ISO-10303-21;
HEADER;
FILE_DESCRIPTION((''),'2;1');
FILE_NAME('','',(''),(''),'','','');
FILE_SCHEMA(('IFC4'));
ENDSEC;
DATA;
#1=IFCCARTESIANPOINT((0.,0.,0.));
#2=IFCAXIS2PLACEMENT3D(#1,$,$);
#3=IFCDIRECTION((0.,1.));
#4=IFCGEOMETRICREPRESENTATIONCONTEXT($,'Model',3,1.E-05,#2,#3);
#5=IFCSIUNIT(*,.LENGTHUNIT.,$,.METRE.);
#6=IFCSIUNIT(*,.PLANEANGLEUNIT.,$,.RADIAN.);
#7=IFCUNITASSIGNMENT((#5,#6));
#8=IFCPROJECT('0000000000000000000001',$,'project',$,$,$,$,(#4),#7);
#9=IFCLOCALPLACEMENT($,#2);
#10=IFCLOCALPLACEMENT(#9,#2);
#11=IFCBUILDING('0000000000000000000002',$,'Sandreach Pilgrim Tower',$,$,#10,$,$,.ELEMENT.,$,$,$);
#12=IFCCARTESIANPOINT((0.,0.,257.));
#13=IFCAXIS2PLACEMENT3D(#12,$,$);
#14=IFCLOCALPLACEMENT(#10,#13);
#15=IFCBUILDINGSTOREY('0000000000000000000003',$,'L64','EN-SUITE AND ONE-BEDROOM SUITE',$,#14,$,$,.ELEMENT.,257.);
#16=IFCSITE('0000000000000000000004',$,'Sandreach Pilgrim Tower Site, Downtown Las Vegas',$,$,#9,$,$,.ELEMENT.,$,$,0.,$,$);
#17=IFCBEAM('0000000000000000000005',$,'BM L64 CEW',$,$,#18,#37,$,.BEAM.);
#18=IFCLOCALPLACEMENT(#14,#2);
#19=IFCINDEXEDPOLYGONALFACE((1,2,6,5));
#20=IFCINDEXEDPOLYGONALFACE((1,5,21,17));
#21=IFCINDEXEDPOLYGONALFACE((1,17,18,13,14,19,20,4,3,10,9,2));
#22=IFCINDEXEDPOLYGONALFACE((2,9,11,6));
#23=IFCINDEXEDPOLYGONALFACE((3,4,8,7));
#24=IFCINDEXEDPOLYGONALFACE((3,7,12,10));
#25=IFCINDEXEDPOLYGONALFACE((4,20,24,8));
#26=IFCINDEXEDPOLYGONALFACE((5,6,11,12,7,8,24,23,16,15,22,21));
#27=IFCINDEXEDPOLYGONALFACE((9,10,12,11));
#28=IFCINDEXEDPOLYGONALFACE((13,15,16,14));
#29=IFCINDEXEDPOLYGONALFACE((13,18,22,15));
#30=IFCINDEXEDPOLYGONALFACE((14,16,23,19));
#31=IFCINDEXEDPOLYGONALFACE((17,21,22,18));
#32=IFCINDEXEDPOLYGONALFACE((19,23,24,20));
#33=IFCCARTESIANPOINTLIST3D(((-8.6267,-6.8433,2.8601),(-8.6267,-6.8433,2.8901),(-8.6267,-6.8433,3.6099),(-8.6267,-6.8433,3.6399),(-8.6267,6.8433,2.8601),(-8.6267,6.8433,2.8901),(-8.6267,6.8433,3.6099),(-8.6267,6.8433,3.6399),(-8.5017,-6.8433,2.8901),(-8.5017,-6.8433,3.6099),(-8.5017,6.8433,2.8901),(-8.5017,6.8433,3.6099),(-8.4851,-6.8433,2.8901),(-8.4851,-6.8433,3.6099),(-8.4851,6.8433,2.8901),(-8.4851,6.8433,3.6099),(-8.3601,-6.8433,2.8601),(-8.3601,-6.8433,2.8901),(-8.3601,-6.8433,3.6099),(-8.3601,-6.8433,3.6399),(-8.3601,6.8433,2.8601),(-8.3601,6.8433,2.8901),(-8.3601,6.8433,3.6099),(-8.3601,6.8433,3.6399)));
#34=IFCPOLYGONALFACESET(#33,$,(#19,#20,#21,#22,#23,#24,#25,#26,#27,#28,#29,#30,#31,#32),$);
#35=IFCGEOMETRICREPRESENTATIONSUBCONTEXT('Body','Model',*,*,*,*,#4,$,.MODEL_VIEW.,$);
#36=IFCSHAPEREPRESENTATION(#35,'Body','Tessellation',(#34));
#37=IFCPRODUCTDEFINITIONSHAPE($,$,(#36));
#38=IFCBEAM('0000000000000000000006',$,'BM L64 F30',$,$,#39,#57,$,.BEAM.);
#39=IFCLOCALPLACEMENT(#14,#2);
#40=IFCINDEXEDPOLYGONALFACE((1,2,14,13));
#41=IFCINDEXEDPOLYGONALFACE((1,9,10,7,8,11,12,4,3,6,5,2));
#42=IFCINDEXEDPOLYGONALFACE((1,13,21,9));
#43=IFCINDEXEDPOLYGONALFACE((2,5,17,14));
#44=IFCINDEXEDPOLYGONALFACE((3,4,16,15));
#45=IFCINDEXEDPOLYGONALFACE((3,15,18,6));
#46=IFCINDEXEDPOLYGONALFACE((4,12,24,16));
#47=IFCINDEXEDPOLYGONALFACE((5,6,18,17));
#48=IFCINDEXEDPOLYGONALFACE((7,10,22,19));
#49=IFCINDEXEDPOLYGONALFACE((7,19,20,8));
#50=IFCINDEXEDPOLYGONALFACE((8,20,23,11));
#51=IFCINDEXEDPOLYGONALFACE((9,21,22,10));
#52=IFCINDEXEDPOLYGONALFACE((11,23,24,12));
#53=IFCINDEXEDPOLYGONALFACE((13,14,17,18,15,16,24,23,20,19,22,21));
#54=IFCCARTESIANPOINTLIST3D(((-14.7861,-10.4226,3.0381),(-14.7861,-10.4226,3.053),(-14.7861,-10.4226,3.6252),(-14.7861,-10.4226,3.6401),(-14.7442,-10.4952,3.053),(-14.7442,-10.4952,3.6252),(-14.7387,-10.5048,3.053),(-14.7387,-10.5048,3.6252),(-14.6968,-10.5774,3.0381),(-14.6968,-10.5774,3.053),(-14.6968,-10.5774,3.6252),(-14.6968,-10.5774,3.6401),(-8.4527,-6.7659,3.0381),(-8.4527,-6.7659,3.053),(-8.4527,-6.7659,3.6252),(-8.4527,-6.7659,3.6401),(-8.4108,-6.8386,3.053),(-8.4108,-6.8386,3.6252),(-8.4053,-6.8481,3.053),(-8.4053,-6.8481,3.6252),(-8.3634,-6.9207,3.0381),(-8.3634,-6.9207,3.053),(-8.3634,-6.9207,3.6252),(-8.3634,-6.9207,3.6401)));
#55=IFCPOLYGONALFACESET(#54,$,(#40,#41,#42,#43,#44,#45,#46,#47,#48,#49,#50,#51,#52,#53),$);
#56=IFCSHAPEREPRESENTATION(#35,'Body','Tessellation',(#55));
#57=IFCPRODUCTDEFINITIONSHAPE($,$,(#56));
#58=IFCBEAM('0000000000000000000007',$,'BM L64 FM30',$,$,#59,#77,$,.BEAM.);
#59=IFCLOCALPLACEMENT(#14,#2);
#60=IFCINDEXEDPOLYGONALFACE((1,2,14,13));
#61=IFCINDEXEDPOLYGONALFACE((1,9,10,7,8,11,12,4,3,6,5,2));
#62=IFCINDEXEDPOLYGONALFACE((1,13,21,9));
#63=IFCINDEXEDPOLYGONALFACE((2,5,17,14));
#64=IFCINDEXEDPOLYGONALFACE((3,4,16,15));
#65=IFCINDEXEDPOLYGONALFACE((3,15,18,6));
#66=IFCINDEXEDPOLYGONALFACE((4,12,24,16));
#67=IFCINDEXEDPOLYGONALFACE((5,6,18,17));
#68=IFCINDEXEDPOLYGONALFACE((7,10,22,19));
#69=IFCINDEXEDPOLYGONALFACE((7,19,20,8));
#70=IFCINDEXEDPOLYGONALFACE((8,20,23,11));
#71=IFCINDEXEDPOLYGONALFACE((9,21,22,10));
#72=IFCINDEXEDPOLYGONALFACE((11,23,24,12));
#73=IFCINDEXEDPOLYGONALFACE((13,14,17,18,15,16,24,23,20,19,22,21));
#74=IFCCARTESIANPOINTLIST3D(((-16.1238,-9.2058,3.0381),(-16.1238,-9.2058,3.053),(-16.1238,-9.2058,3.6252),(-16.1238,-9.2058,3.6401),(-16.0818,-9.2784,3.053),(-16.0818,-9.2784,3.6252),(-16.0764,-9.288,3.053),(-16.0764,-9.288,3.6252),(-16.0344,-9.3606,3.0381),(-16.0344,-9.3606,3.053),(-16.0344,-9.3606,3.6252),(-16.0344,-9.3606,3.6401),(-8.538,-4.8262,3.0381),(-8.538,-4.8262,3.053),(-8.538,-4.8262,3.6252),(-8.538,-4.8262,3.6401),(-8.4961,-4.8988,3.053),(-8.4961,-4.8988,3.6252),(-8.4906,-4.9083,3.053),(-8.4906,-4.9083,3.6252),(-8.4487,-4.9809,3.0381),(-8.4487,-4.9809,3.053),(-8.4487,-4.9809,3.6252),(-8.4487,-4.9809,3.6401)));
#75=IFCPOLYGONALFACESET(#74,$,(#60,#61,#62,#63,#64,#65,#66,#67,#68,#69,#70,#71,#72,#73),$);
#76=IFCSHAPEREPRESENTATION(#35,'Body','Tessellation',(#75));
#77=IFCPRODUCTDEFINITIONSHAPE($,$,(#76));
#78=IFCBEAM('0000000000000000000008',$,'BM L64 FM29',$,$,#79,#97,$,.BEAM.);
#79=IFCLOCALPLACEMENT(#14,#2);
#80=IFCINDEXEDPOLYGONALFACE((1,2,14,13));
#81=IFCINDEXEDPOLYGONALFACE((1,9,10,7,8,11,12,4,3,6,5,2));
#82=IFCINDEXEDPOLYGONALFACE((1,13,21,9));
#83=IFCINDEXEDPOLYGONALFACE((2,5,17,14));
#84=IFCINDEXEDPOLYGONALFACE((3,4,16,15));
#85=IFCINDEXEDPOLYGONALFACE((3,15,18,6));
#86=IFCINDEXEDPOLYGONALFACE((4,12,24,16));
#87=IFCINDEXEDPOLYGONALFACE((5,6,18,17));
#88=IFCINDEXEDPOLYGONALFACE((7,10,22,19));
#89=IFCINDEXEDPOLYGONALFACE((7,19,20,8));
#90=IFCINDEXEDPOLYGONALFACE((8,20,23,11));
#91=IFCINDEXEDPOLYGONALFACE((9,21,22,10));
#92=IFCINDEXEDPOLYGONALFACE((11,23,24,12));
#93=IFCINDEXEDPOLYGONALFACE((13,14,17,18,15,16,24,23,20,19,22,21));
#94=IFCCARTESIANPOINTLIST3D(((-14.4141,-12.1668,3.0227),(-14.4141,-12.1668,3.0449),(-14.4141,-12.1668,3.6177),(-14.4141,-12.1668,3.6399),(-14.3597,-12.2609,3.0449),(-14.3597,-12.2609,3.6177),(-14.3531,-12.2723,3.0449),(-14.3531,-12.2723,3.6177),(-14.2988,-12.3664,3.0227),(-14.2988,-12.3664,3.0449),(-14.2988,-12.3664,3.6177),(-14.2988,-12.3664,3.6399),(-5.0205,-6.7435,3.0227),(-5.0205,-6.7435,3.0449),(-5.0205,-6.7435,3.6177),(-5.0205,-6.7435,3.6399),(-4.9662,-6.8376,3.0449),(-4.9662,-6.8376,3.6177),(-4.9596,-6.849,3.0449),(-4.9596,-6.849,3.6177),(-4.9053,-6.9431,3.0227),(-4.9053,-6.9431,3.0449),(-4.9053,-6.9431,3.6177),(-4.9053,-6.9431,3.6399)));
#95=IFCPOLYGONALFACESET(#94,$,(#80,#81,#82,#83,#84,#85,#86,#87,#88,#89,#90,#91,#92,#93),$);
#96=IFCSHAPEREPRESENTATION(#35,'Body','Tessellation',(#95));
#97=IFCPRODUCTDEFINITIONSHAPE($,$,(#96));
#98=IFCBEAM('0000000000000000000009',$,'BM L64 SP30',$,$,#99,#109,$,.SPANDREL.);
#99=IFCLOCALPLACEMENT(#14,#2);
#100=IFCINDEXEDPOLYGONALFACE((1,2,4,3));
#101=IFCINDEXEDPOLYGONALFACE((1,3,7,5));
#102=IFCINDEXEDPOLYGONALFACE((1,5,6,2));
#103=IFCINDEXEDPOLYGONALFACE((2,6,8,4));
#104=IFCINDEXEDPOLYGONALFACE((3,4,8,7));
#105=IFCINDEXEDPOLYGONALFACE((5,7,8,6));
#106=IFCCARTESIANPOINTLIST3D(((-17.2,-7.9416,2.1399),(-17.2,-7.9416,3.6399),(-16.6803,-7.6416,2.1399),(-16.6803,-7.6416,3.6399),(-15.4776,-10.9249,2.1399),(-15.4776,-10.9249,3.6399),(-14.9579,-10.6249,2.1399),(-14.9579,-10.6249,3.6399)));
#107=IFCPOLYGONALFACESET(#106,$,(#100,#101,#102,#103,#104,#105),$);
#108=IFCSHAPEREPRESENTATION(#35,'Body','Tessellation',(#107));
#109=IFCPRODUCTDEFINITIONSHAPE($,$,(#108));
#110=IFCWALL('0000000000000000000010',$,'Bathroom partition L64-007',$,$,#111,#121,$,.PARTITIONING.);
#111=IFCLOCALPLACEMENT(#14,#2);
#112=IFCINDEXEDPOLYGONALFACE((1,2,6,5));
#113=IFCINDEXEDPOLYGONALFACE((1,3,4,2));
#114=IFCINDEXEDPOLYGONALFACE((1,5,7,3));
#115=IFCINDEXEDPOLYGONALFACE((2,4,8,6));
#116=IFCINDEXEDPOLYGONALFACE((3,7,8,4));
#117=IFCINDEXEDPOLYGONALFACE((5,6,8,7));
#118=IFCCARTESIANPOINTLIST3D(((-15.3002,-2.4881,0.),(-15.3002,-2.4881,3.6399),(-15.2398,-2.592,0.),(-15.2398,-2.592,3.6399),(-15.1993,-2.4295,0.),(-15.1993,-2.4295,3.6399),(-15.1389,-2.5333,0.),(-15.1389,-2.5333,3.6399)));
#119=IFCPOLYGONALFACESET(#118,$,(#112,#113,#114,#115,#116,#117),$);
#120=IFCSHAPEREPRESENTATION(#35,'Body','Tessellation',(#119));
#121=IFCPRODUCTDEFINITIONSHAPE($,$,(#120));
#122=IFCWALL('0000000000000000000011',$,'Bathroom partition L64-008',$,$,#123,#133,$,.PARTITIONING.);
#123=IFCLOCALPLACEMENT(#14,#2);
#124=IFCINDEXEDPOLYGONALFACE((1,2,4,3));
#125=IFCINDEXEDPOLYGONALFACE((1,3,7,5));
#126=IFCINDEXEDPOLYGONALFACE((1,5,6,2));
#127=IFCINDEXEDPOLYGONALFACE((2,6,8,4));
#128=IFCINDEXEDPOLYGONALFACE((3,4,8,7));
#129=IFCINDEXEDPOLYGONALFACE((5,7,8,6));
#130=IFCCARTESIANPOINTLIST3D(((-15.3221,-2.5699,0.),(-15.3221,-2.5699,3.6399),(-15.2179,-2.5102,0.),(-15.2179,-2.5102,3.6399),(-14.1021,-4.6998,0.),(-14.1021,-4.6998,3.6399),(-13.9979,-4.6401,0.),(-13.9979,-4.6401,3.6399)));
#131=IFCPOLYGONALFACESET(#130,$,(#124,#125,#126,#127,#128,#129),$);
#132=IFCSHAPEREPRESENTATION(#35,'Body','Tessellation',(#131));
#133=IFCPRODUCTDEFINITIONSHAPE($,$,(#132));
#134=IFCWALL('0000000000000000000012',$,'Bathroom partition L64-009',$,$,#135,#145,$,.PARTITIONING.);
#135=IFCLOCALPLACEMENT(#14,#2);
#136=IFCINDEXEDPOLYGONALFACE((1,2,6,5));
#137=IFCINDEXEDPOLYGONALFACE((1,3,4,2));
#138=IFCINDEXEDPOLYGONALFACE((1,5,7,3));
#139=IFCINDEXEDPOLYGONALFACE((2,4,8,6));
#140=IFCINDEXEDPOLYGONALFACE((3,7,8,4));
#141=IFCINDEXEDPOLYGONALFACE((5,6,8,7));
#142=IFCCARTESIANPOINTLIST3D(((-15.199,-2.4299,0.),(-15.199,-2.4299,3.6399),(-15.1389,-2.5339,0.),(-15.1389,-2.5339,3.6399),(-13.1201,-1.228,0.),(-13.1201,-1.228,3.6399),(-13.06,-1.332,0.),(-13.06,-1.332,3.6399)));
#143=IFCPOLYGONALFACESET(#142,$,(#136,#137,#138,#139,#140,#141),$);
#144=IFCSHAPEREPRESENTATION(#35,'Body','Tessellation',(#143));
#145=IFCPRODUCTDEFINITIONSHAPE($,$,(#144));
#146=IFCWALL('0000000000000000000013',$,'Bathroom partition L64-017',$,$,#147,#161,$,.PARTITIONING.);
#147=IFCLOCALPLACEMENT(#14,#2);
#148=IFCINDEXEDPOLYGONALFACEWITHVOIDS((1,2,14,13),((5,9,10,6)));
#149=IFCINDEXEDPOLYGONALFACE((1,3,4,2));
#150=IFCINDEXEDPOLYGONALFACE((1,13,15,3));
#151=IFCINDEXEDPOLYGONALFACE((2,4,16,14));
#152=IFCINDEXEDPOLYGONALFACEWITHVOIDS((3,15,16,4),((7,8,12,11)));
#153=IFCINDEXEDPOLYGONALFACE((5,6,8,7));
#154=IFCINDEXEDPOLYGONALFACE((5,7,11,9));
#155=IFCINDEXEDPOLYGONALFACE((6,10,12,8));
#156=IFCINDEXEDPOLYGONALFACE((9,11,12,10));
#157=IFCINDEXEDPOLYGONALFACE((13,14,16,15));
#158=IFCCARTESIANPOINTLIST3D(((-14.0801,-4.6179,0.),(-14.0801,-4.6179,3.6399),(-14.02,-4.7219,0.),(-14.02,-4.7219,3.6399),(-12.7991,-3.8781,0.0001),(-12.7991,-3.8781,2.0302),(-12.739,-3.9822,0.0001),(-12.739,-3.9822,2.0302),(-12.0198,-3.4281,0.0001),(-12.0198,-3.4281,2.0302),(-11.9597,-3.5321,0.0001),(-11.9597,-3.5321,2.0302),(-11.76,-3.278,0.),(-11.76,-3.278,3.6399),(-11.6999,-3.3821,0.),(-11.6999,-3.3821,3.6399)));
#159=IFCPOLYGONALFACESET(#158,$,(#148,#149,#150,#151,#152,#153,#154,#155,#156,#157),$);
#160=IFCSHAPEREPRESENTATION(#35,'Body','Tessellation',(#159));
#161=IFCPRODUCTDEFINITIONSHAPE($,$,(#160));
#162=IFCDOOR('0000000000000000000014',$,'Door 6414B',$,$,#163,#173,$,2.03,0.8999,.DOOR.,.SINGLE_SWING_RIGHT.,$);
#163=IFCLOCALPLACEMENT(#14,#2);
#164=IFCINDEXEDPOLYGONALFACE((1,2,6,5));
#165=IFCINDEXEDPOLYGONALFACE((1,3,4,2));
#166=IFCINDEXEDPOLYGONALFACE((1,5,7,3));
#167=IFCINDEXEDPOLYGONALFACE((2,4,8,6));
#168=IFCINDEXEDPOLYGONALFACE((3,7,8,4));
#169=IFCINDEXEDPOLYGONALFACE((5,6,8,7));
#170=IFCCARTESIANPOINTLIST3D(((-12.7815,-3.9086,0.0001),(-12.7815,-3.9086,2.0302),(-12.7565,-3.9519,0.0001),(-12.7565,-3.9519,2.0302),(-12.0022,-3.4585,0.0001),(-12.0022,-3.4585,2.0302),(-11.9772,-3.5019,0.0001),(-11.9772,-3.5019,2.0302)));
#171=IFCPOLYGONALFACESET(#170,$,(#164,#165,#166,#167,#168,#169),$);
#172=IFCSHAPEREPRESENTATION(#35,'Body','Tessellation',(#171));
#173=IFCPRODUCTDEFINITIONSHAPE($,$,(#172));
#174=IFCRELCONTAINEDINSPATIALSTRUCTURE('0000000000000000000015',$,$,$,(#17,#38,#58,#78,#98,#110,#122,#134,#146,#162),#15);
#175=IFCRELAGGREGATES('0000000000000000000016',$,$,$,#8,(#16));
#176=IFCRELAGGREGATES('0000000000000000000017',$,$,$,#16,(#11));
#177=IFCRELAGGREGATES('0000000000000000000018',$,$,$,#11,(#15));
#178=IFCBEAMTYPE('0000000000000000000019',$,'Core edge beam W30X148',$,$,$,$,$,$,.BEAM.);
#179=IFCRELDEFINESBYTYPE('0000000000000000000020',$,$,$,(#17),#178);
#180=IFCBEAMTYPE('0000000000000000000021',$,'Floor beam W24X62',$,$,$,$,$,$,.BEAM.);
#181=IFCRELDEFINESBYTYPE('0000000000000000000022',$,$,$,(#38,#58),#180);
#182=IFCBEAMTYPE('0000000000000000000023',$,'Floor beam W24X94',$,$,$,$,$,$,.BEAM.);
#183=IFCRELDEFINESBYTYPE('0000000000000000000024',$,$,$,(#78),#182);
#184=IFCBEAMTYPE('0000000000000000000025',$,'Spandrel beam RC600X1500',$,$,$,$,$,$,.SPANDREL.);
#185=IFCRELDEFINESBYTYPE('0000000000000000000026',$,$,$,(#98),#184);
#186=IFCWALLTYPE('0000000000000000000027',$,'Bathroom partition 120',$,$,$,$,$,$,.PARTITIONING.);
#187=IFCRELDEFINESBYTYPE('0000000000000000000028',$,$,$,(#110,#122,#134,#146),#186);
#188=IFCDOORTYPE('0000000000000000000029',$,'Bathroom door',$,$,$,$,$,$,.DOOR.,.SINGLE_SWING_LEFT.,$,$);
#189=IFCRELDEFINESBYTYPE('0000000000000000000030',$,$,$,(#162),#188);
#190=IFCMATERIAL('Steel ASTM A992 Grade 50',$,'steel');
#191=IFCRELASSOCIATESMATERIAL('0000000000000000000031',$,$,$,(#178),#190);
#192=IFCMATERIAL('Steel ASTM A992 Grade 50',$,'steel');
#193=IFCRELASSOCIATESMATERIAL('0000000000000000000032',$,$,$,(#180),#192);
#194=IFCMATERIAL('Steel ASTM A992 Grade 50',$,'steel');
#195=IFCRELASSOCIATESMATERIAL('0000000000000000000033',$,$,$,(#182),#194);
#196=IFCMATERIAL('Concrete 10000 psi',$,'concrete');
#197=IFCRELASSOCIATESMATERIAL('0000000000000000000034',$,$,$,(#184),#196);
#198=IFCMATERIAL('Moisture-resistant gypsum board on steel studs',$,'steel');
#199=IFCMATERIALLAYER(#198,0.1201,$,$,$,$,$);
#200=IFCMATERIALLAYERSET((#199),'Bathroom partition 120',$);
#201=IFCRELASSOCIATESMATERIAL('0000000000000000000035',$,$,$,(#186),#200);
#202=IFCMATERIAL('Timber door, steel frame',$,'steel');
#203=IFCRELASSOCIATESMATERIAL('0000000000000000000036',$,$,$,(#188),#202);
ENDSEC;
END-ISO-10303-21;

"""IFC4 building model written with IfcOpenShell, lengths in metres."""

from ifc_helpers import new_model, si_unit, direction, frame, frame_2d, origin, origin_2d, place, context, subcontext, project, spatial, rectangle, i_section, extrude, material, layer, layer_set, material_profile, profile_set, type_object, element, fill, save


model = new_model("IFC4")

# Units and contexts
model_context = context("Model", 3, precision=1e-05, world=origin(), true_north=direction((0.0, 1.0)))
body_context = subcontext(model_context, "Body", "Model", "MODEL_VIEW")
ifc_project = project(units=[si_unit("LENGTHUNIT", "METRE"), si_unit("PLANEANGLEUNIT", "RADIAN")], contexts=[model_context])

# Site, building, storey
site_placement = place(None, origin())
site = spatial("IfcSite", under=ifc_project, at=site_placement, Name="Sandreach Pilgrim Tower Site, Downtown Las Vegas", CompositionType="ELEMENT", RefElevation=0.0)
building_placement = place(site_placement, origin())
building = spatial("IfcBuilding", under=site, at=building_placement, Name="Sandreach Pilgrim Tower", CompositionType="ELEMENT")
storey_placement = place(building_placement, frame((0.0, 0.0, 257.0)))
storey = spatial("IfcBuildingStorey", under=building, at=storey_placement, Name="L64", Description="EN-SUITE AND ONE-BEDROOM SUITE", CompositionType="ELEMENT", Elevation=257.0)

# Beams
ifc_material_1 = material(Name="Steel ASTM A992 Grade 50", Category="steel")
ifc_material_profile_1 = material_profile(ifc_material_1, i_section(OverallWidth=0.2666, OverallDepth=0.7798, WebThickness=0.0166, FlangeThickness=0.03, at=origin_2d()), Name="W30X148")
ifc_profile_set_1 = profile_set([ifc_material_profile_1], Name="Steel ASTM A992 Grade 50")
beam_type_1 = type_object("IfcBeamType", Name="Core edge beam W30X148", PredefinedType="BEAM", material=ifc_profile_set_1)
beam_1_placement = place(storey_placement, frame((-8.4934, -6.8433, 3.25), z_axis=(0.0, 1.0, 0.0), x_axis=(-1.0, 0.0, 0.0)))
element("IfcBeam", 1, at=beam_1_placement, inside=storey, type_object=beam_type_1, Name="BM L64 CEW", PredefinedType="BEAM", context=body_context, shape_type="SweptSolid", body=[
    extrude(i_section(OverallWidth=0.2666, OverallDepth=0.7798, WebThickness=0.0166, FlangeThickness=0.03, at=origin_2d()), origin(), (0.0, 0.0, 1.0), 13.6865),
])
ifc_material_2 = material(Name="Steel ASTM A992 Grade 50", Category="steel")
ifc_material_profile_2 = material_profile(ifc_material_2, i_section(OverallWidth=0.1787, OverallDepth=0.6021, WebThickness=0.011, FlangeThickness=0.0149, at=origin_2d()), Name="W24X62")
ifc_profile_set_2 = profile_set([ifc_material_profile_2], Name="Steel ASTM A992 Grade 50")
beam_type_2 = type_object("IfcBeamType", Name="Floor beam W24X62", PredefinedType="BEAM", material=ifc_profile_set_2)
beam_2_placement = place(storey_placement, frame((-14.7415, -10.5, 3.3391), z_axis=(0.86602, 0.500009, 0.0), x_axis=(-0.500009, 0.86602, 0.0)))
element("IfcBeam", 2, at=beam_2_placement, inside=storey, type_object=beam_type_2, Name="BM L64 F30", PredefinedType="BEAM", context=body_context, shape_type="SweptSolid", body=[
    extrude(i_section(OverallWidth=0.1787, OverallDepth=0.6021, WebThickness=0.011, FlangeThickness=0.0149, at=origin_2d()), origin(), (0.0, 0.0, 1.0), 7.3132),
])
beam_3_placement = place(storey_placement, frame((-16.0791, -9.2832, 3.3391), z_axis=(0.866024, 0.500003, 0.0), x_axis=(-0.500003, 0.866024, 0.0)))
element("IfcBeam", 3, at=beam_3_placement, inside=storey, type_object=beam_type_2, Name="BM L64 FM30", PredefinedType="BEAM", context=body_context, shape_type="SweptSolid", body=[
    extrude(i_section(OverallWidth=0.1787, OverallDepth=0.6021, WebThickness=0.011, FlangeThickness=0.0149, at=origin_2d()), origin(), (0.0, 0.0, 1.0), 8.7593),
])
ifc_material_3 = material(Name="Steel ASTM A992 Grade 50", Category="steel")
ifc_material_profile_3 = material_profile(ifc_material_3, i_section(OverallWidth=0.2305, OverallDepth=0.6172, WebThickness=0.0132, FlangeThickness=0.0222, at=origin_2d()), Name="W24X94")
ifc_profile_set_3 = profile_set([ifc_material_profile_3], Name="Steel ASTM A992 Grade 50")
beam_type_3 = type_object("IfcBeamType", Name="Floor beam W24X94", PredefinedType="BEAM", material=ifc_profile_set_3)
beam_4_placement = place(storey_placement, frame((-14.3564, -12.2666, 3.3313), z_axis=(0.866027, 0.499998, 0.0), x_axis=(-0.499998, 0.866027, 0.0)))
element("IfcBeam", 4, at=beam_4_placement, inside=storey, type_object=beam_type_3, Name="BM L64 FM29", PredefinedType="BEAM", context=body_context, shape_type="SweptSolid", body=[
    extrude(i_section(OverallWidth=0.2305, OverallDepth=0.6172, WebThickness=0.0132, FlangeThickness=0.0222, at=origin_2d()), origin(), (0.0, 0.0, 1.0), 10.8467),
])
ifc_material_4 = material(Name="Concrete 10000 psi", Category="concrete")
ifc_material_profile_4 = material_profile(ifc_material_4, rectangle(XDim=0.6001, YDim=1.5, at=origin_2d()), Name="RC600X1500")
ifc_profile_set_4 = profile_set([ifc_material_profile_4], Name="Concrete 10000 psi")
beam_type_4 = type_object("IfcBeamType", Name="Spandrel beam RC600X1500", PredefinedType="SPANDREL", material=ifc_profile_set_4)
beam_5_placement = place(storey_placement, frame((-15.2178, -10.7749, 2.8899), z_axis=(-0.499988, 0.866032, 0.0), x_axis=(-0.866032, -0.499988, 0.0)))
element("IfcBeam", 5, at=beam_5_placement, inside=storey, type_object=beam_type_4, Name="BM L64 SP30", PredefinedType="SPANDREL", context=body_context, shape_type="SweptSolid", body=[
    extrude(rectangle(XDim=0.6001, YDim=1.5, at=origin_2d()), origin(), (0.0, 0.0, 1.0), 3.4448),
])

# Walls
ifc_material_5 = material(Name="Moisture-resistant gypsum board on steel studs", Category="steel")
ifc_layer_1 = layer(ifc_material_5, 0.1201)
ifc_layer_set_1 = layer_set([ifc_layer_1], Name="Bathroom partition 120")
wall_type_1 = type_object("IfcWallType", Name="Bathroom partition 120", PredefinedType="PARTITIONING", material=ifc_layer_set_1)
wall_1_placement = place(storey_placement, frame((-15.27, -2.54, 0.0), z_axis=(0.0, 0.0, 1.0), x_axis=(0.864613, 0.502439, 0.0)))
element("IfcWall", 6, at=wall_1_placement, inside=storey, type_object=wall_type_1, Name="Bathroom partition L64-007", PredefinedType="PARTITIONING", context=body_context, shape_type="SweptSolid", body=[
    extrude(rectangle(XDim=0.1167, YDim=0.1201, at=frame_2d((0.0583, 0.0))), origin(), (0.0, 0.0, 1.0), 3.6399),
])
wall_2_placement = place(storey_placement, frame((-15.27, -2.54, 0.0), z_axis=(0.0, 0.0, 1.0), x_axis=(0.497028, -0.867735, 0.0)))
element("IfcWall", 7, at=wall_2_placement, inside=storey, type_object=wall_type_1, Name="Bathroom partition L64-008", PredefinedType="PARTITIONING", context=body_context, shape_type="SweptSolid", body=[
    extrude(rectangle(XDim=2.4546, YDim=0.1201, at=frame_2d((1.2273, 0.0))), origin(), (0.0, 0.0, 1.0), 3.6399),
])
wall_3_placement = place(storey_placement, frame((-15.1689, -2.4819, 0.0), z_axis=(0.0, 0.0, 1.0), x_axis=(0.865723, 0.500523, 0.0)))
element("IfcWall", 8, at=wall_3_placement, inside=storey, type_object=wall_type_1, Name="Bathroom partition L64-009", PredefinedType="PARTITIONING", context=body_context, shape_type="SweptSolid", body=[
    extrude(rectangle(XDim=2.4014, YDim=0.1201, at=frame_2d((1.2007, 0.0))), origin(), (0.0, 0.0, 1.0), 3.6399),
])

# Wall, opening, door
wall_4_placement = place(storey_placement, frame((-14.05, -4.6699, 0.0), z_axis=(0.0, 0.0, 1.0), x_axis=(0.865969, 0.500098, 0.0)))
wall_4 = element("IfcWall", 9, at=wall_4_placement, inside=storey, type_object=wall_type_1, Name="Bathroom partition L64-017", PredefinedType="PARTITIONING", context=body_context, shape_type="SweptSolid", body=[
    extrude(rectangle(XDim=2.6792, YDim=0.1201, at=frame_2d((1.3396, 0.0))), origin(), (0.0, 0.0, 1.0), 3.6399),
])
opening_1_placement = place(wall_4_placement, frame((1.4792, 0.0, 0.0)))
opening_1 = element("IfcOpeningElement", 10, at=opening_1_placement, cuts=wall_4, PredefinedType="OPENING", context=body_context, shape_type="SweptSolid", body=[
    extrude(rectangle(XDim=0.8999, YDim=2.03, at=frame_2d((0.45, 1.0151))), frame((0.0, 0.0601, 0.0), z_axis=(0.0, -1.0, 0.0), x_axis=(1.0, 0.0, 0.0)), (0.0, 0.0, 1.0), 0.1201),
])
ifc_material_6 = material(Name="Timber door, steel frame", Category="steel")
door_type_1 = type_object("IfcDoorType", Name="Bathroom door", OperationType="SINGLE_SWING_LEFT", PredefinedType="DOOR", material=ifc_material_6)
door_1_placement = place(opening_1_placement, origin())
door_1 = element("IfcDoor", 11, at=door_1_placement, inside=storey, type_object=door_type_1, Name="Door 6414B", OperationType="SINGLE_SWING_RIGHT", OverallHeight=2.03, OverallWidth=0.8999, PredefinedType="DOOR", context=body_context, shape_type="SweptSolid", body=[
    extrude(rectangle(XDim=0.8999, YDim=2.03, at=frame_2d((0.45, 1.0151))), frame((0.0, 0.0249, 0.0), z_axis=(0.0, -1.0, 0.0), x_axis=(1.0, 0.0, 0.0)), (0.0, 0.0, 1.0), 0.05),
])
fill(opening_1, door_1)

save(model, "model.ifc")
